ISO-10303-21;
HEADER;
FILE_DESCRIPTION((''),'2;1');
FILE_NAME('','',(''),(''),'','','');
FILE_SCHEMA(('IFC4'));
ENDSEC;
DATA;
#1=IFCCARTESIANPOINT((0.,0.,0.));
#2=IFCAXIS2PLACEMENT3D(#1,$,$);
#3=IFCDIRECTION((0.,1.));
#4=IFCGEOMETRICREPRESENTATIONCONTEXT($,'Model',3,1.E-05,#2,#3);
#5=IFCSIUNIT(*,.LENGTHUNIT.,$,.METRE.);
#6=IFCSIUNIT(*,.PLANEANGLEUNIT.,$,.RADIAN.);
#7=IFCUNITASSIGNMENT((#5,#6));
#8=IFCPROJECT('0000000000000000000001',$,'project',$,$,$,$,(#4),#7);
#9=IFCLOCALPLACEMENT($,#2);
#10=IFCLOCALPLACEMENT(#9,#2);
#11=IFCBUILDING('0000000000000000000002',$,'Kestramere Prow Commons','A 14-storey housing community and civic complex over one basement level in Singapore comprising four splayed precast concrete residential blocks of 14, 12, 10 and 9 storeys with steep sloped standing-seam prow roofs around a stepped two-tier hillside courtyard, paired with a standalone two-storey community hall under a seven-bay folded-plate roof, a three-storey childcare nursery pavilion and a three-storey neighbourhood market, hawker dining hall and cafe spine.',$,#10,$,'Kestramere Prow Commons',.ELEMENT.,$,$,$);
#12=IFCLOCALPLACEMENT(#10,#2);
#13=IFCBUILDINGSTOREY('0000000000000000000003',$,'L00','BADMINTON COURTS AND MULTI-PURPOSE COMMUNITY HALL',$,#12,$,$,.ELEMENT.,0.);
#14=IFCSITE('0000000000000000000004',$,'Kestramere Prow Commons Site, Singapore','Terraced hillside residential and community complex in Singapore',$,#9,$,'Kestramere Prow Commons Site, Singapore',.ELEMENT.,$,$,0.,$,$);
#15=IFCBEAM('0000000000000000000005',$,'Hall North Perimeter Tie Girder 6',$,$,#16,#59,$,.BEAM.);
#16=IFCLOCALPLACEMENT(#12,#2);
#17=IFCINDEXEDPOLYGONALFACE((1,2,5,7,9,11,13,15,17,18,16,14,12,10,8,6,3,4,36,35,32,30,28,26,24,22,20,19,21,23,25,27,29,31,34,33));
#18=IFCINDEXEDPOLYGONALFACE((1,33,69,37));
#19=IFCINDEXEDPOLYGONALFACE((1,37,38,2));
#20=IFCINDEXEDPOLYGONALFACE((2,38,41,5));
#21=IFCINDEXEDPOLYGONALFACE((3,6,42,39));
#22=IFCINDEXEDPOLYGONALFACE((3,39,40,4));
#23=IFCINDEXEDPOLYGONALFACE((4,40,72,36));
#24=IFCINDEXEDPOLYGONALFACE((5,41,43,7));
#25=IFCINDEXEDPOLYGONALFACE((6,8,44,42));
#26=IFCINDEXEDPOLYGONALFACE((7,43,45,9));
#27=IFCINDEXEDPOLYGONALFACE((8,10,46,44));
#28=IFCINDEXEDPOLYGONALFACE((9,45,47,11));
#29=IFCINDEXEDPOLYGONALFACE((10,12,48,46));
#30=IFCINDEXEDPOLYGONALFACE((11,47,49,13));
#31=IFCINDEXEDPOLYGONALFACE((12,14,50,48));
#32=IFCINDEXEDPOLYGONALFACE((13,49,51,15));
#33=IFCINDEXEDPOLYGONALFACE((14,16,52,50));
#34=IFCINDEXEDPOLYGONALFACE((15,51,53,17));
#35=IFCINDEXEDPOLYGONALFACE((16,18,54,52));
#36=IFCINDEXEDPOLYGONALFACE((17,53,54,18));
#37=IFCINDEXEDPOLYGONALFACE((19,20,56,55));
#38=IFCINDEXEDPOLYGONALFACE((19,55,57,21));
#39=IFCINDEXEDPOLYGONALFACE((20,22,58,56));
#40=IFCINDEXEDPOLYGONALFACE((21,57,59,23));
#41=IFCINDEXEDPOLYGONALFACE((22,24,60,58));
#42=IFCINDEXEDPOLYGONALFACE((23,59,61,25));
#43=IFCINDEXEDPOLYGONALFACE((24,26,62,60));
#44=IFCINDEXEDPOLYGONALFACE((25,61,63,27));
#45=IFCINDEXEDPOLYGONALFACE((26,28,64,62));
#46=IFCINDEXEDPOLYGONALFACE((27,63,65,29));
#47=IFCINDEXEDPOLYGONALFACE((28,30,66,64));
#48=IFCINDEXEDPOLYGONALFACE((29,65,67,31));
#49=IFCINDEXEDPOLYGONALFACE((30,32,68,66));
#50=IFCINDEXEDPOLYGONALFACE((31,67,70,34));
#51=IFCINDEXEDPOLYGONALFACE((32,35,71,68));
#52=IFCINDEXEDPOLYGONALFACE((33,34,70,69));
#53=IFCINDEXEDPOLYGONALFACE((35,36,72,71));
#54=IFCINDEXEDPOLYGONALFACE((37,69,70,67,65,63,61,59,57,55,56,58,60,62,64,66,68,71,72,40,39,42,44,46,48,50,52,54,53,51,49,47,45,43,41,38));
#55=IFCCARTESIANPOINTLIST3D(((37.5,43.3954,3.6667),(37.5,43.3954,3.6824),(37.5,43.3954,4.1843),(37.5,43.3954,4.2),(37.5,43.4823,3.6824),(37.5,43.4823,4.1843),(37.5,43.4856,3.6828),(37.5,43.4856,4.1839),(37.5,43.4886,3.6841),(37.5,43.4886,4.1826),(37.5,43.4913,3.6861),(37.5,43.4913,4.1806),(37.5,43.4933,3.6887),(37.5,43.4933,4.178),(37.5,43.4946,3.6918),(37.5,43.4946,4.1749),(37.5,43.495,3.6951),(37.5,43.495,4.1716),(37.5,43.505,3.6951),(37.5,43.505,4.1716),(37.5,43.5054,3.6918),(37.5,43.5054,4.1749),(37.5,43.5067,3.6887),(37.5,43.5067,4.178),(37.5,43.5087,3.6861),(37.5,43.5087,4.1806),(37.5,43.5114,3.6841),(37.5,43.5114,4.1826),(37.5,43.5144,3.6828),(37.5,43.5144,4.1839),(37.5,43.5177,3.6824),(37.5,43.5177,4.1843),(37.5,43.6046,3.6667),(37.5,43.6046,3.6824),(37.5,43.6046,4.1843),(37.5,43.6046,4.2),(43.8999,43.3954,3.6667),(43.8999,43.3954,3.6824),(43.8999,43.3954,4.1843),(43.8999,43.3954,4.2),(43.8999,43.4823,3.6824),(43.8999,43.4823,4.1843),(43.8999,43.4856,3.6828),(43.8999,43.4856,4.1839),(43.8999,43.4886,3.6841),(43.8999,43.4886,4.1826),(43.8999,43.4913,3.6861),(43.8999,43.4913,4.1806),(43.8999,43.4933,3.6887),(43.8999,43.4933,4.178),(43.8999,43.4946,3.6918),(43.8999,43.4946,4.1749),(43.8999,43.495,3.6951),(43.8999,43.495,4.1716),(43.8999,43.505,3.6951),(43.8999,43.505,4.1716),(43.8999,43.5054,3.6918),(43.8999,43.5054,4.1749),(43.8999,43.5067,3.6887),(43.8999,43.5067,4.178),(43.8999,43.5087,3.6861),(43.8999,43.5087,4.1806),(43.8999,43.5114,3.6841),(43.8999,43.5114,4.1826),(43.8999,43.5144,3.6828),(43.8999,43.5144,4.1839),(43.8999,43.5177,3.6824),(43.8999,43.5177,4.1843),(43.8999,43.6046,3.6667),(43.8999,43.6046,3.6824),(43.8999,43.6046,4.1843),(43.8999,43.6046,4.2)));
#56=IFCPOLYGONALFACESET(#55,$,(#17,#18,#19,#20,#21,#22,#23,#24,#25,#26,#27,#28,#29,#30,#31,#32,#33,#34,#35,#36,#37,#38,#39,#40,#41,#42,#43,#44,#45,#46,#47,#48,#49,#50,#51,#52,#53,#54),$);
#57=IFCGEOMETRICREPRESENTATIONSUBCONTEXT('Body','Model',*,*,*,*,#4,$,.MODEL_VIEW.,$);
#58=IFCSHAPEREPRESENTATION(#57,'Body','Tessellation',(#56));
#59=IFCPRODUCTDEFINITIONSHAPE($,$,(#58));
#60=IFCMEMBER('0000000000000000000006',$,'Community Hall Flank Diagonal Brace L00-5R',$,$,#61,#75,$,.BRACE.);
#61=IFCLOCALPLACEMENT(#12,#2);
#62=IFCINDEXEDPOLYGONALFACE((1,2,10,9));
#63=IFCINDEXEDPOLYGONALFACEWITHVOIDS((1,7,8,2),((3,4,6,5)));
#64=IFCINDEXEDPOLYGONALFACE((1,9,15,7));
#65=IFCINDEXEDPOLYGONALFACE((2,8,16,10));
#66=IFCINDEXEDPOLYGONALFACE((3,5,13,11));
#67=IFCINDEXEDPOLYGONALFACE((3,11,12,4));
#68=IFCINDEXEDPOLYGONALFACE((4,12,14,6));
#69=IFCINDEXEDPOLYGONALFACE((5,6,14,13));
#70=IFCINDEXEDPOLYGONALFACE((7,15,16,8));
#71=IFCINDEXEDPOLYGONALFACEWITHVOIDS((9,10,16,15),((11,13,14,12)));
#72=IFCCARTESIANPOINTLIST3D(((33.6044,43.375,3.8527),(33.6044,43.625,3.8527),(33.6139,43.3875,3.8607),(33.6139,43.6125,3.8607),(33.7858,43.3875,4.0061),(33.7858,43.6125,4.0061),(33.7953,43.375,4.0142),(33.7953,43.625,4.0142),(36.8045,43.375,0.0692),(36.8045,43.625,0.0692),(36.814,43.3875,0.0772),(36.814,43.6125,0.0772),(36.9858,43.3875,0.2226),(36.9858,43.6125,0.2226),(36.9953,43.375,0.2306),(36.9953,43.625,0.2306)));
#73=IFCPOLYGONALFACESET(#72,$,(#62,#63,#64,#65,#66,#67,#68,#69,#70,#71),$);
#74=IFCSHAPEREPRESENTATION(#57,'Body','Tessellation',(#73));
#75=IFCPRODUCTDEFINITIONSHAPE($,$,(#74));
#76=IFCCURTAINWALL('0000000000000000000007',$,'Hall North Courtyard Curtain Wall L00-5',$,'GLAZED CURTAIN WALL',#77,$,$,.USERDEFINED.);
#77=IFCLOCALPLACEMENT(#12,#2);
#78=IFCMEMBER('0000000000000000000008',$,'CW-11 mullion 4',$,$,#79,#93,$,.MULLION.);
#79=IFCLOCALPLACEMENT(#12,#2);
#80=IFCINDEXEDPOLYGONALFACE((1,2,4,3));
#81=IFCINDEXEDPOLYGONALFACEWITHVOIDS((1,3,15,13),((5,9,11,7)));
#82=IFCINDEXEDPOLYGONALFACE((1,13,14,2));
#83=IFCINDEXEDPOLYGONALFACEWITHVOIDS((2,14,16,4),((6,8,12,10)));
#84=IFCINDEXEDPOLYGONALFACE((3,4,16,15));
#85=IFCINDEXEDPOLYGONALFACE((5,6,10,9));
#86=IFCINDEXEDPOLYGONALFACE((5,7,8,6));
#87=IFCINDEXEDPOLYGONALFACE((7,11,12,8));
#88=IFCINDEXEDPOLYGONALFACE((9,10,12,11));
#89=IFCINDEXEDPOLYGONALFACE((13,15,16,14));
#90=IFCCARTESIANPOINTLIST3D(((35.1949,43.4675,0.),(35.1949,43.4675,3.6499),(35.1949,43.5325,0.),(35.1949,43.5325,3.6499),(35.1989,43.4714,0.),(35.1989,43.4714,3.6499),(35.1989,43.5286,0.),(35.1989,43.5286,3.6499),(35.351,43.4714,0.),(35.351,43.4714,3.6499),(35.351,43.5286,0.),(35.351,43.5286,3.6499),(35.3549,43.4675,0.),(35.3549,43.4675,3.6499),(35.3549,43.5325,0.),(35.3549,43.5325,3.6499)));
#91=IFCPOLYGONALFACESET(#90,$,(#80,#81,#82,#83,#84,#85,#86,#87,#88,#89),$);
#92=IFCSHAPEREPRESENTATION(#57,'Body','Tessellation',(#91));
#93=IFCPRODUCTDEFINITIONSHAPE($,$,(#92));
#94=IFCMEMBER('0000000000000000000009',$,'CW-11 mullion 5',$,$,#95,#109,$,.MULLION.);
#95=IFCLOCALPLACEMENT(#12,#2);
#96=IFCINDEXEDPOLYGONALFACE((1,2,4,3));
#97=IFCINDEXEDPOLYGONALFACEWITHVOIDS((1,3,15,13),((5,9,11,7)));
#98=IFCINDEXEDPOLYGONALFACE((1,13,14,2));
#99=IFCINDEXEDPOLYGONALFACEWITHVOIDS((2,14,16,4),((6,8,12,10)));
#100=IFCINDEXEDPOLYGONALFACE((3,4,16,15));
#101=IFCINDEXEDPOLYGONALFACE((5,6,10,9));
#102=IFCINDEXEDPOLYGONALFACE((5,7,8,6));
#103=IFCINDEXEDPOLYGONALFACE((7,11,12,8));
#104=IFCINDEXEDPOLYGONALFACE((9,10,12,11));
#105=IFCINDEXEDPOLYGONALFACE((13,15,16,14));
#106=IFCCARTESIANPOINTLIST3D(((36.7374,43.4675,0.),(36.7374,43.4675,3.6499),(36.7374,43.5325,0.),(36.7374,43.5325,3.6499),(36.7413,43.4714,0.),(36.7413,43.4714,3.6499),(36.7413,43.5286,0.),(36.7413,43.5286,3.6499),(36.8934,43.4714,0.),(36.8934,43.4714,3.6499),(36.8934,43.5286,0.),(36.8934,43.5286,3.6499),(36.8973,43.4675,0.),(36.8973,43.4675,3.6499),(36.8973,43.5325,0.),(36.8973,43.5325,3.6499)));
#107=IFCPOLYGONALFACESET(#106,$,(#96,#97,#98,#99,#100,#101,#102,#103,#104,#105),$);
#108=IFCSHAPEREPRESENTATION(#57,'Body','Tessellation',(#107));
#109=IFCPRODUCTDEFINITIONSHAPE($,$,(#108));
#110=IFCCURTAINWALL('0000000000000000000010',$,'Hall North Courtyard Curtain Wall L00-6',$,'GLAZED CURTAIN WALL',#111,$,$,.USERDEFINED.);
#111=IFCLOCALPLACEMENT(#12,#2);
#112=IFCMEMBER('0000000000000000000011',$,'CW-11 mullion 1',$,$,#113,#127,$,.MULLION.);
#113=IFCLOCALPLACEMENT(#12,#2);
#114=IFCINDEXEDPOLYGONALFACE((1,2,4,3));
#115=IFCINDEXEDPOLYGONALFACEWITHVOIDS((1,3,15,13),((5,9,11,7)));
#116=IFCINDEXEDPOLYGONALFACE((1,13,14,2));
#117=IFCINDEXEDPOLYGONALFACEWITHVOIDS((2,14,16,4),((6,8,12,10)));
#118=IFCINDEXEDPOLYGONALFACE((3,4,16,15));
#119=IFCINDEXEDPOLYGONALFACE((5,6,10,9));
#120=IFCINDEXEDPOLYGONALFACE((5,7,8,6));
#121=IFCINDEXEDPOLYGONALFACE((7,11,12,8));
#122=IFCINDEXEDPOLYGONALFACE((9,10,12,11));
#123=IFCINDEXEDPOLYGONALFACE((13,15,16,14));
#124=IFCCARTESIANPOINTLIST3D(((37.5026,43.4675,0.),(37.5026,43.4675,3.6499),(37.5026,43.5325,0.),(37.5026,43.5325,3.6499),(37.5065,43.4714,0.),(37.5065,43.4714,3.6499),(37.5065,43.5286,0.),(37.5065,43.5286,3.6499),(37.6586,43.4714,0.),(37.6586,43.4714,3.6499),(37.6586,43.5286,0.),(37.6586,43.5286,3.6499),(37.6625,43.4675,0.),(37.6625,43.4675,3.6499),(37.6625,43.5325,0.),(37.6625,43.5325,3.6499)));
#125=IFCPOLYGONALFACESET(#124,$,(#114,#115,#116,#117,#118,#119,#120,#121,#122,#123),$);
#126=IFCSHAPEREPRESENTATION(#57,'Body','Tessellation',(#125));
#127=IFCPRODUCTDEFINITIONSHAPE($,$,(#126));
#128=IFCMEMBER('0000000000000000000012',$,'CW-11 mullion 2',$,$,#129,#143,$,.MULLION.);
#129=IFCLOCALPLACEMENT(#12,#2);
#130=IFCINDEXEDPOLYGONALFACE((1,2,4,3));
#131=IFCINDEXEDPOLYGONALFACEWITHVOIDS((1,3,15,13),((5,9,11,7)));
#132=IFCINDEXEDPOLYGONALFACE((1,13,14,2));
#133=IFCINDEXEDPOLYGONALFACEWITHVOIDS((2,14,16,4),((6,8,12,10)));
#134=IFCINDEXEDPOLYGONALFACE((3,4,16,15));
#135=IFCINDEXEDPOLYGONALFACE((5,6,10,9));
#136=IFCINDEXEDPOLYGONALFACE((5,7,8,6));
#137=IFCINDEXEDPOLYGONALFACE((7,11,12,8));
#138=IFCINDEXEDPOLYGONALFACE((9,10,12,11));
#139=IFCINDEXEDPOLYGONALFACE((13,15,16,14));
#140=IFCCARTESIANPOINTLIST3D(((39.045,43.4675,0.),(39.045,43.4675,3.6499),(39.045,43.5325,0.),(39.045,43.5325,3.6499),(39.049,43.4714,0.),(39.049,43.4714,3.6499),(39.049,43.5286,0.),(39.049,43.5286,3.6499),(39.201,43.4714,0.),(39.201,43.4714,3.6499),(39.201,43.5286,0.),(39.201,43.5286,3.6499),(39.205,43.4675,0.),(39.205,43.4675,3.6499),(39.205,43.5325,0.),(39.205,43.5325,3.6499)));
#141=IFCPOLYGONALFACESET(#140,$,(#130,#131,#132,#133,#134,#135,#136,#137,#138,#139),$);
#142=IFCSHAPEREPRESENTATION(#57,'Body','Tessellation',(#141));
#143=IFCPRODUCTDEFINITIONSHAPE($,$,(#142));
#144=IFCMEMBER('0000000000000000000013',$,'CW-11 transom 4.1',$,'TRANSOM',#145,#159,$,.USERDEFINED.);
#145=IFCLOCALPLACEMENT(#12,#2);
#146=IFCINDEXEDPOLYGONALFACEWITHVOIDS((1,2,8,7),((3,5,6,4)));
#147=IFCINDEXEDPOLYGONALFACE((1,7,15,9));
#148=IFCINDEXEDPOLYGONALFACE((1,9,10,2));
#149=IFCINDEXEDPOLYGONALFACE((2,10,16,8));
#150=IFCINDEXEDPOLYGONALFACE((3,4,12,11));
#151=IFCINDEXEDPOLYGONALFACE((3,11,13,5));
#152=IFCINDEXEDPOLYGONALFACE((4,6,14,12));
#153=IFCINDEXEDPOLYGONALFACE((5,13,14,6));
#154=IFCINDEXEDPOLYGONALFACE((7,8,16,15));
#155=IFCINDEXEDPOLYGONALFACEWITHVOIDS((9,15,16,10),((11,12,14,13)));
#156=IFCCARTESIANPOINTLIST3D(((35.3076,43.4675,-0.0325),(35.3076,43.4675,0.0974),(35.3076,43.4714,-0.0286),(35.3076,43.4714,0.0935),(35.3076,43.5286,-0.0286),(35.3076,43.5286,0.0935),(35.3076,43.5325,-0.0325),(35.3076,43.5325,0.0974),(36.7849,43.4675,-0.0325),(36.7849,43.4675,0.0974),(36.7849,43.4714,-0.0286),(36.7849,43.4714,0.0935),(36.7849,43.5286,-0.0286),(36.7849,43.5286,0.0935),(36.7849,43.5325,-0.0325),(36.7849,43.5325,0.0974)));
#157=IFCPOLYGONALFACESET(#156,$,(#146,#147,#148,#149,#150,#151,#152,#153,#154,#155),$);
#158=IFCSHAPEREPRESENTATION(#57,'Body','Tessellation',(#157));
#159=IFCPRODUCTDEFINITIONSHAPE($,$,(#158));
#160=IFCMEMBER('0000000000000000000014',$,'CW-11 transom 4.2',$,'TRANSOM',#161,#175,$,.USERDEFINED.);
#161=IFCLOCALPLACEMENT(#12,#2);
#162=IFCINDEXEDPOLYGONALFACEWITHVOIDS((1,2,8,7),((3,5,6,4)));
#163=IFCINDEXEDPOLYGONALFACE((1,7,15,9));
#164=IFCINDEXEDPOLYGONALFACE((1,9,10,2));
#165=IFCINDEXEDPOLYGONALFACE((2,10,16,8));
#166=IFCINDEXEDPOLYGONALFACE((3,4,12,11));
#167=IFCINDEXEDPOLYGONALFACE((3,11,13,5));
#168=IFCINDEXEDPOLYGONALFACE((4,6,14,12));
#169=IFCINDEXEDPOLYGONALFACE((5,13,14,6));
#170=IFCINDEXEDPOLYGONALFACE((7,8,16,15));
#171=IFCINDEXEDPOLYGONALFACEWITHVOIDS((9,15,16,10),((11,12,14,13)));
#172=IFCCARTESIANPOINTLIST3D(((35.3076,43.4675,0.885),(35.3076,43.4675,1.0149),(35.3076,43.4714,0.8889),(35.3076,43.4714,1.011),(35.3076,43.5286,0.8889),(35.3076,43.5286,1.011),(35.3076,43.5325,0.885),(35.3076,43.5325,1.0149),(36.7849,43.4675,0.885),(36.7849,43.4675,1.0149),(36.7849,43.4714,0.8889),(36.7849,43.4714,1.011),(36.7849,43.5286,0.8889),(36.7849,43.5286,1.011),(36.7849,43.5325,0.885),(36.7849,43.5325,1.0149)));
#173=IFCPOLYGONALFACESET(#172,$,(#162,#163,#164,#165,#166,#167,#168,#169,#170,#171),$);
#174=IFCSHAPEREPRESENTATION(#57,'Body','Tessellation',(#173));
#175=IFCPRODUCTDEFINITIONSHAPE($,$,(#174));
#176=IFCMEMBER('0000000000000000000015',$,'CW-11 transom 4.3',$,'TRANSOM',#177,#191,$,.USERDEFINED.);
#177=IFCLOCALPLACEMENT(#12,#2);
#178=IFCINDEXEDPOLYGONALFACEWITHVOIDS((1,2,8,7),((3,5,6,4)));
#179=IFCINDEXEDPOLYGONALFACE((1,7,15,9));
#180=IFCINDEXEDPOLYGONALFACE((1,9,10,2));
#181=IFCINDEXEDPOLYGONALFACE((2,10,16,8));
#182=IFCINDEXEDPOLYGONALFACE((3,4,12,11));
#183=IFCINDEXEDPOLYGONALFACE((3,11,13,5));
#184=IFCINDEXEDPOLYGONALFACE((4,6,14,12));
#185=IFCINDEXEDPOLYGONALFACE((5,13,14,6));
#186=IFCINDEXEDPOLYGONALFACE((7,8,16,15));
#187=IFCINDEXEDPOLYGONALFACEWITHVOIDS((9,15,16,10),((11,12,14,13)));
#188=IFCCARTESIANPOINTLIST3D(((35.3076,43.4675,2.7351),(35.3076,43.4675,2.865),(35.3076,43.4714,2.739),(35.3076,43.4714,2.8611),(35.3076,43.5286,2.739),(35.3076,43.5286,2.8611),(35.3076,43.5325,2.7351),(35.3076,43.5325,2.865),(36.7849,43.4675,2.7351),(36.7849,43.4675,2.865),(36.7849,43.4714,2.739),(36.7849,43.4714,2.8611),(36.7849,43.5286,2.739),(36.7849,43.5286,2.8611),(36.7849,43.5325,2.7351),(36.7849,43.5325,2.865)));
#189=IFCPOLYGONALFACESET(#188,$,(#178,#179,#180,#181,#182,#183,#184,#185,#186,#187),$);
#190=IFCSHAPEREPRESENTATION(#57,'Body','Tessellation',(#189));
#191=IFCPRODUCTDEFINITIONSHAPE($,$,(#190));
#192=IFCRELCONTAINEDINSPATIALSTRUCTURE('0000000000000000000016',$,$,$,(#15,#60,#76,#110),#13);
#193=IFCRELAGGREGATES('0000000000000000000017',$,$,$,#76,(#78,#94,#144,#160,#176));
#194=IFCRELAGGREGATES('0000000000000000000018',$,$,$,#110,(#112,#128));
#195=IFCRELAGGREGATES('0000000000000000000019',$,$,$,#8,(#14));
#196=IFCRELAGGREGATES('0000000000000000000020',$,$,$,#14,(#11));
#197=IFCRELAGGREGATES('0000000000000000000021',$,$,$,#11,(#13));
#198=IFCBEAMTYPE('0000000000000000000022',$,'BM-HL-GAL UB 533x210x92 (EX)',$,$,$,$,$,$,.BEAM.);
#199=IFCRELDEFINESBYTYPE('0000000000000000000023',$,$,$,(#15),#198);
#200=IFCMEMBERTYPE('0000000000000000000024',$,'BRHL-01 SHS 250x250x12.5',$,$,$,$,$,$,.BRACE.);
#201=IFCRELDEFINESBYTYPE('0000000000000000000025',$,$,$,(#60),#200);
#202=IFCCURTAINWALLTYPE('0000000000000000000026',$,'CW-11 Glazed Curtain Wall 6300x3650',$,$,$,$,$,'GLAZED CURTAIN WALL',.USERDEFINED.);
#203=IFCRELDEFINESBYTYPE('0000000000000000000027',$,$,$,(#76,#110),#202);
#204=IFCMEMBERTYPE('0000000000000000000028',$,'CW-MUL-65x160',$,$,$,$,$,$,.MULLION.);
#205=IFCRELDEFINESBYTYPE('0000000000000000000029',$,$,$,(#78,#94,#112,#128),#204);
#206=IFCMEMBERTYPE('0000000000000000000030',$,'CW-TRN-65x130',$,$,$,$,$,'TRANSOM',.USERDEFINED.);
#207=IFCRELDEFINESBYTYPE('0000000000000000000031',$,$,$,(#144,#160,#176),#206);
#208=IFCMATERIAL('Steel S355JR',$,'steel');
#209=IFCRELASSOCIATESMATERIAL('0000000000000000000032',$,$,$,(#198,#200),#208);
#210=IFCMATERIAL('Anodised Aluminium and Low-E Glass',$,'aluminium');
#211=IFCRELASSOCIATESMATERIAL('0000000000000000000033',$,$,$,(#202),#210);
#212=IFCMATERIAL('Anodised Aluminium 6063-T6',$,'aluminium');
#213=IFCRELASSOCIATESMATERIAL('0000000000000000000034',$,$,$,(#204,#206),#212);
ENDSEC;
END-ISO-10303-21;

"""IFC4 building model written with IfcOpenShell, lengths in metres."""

from ifc_helpers import new_model, si_unit, direction, frame, origin, origin_2d, place, context, subcontext, project, spatial, hollow_rectangle, i_section, extrude, material, material_profile, profile_set, type_object, element, aggregate, save


model = new_model("IFC4")

# Units and contexts
model_context = context("Model", 3, precision=1e-05, world=origin(), true_north=direction((0.0, 1.0)))
body_context = subcontext(model_context, "Body", "Model", "MODEL_VIEW")
ifc_project = project(units=[si_unit("LENGTHUNIT", "METRE"), si_unit("PLANEANGLEUNIT", "RADIAN")], contexts=[model_context])

# Site, building, storey
site_placement = place(None, origin())
site = spatial("IfcSite", under=ifc_project, at=site_placement, Name="Kestramere Prow Commons Site, Singapore", Description="Terraced hillside residential and community complex in Singapore", LongName="Kestramere Prow Commons Site, Singapore", CompositionType="ELEMENT", RefElevation=0.0)
building_placement = place(site_placement, origin())
building = spatial("IfcBuilding", under=site, at=building_placement, Name="Kestramere Prow Commons", Description="A 14-storey housing community and civic complex over one basement level in Singapore comprising four splayed precast concrete residential blocks of 14, 12, 10 and 9 storeys with steep sloped standing-seam prow roofs around a stepped two-tier hillside courtyard, paired with a standalone two-storey community hall under a seven-bay folded-plate roof, a three-storey childcare nursery pavilion and a three-storey neighbourhood market, hawker dining hall and cafe spine.", LongName="Kestramere Prow Commons", CompositionType="ELEMENT")
storey_placement = place(building_placement, origin())
storey = spatial("IfcBuildingStorey", under=building, at=storey_placement, Name="L00", Description="BADMINTON COURTS AND MULTI-PURPOSE COMMUNITY HALL", CompositionType="ELEMENT", Elevation=0.0)

# Beam
ifc_material_1 = material(Name="Steel S355JR", Category="steel")
ifc_material_profile_1 = material_profile(ifc_material_1, i_section(OverallWidth=0.2092, OverallDepth=0.5332, WebThickness=0.01, FlangeThickness=0.0156, FilletRadius=0.0127, at=origin_2d()), Name="UB 533x210x92")
ifc_profile_set_1 = profile_set([ifc_material_profile_1], Name="Steel S355JR")
beam_type = type_object("IfcBeamType", Name="BM-HL-GAL UB 533x210x92 (EX)", PredefinedType="BEAM", material=ifc_profile_set_1)
beam_placement = place(storey_placement, frame((37.5, 43.5, 3.9333), z_axis=(1.0, 0.0, 0.0), x_axis=(0.0, 1.0, 0.0)))
element("IfcBeam", 1, at=beam_placement, inside=storey, type_object=beam_type, Name="Hall North Perimeter Tie Girder 6", PredefinedType="BEAM", context=body_context, shape_type="SweptSolid", body=[
    extrude(i_section(OverallWidth=0.2092, OverallDepth=0.5332, WebThickness=0.01, FlangeThickness=0.0156, FilletRadius=0.0127, at=origin_2d()), origin(), (0.0, 0.0, 1.0), 6.3999),
])

# Member
ifc_material_profile_2 = material_profile(ifc_material_1, hollow_rectangle(XDim=0.25, YDim=0.25, WallThickness=0.0125, at=origin_2d()), Name="SHS 250x250x12.5")
ifc_profile_set_2 = profile_set([ifc_material_profile_2], Name="Steel S355JR")
member_type_1 = type_object("IfcMemberType", Name="BRHL-01 SHS 250x250x12.5", PredefinedType="BRACE", material=ifc_profile_set_2)
member_1_placement = place(storey_placement, frame((36.8999, 43.5, 0.1499), z_axis=(-0.645774, 0.0, 0.763528), x_axis=(0.0, -1.0, 0.0)))
element("IfcMember", 2, at=member_1_placement, inside=storey, type_object=member_type_1, Name="Community Hall Flank Diagonal Brace L00-5R", PredefinedType="BRACE", context=body_context, shape_type="SweptSolid", body=[
    extrude(hollow_rectangle(XDim=0.25, YDim=0.25, WallThickness=0.0125, at=origin_2d()), origin(), (0.0, 0.0, 1.0), 4.9553),
])

# Curtain walls, members
ifc_material_2 = material(Name="Anodised Aluminium and Low-E Glass", Category="aluminium")
curtain_wall_type = type_object("IfcCurtainWallType", Name="CW-11 Glazed Curtain Wall 6300x3650", ElementType="GLAZED CURTAIN WALL", PredefinedType="USERDEFINED", material=ifc_material_2)
curtain_wall_1_placement = place(storey_placement, origin())
curtain_wall_1 = element("IfcCurtainWall", 3, at=curtain_wall_1_placement, inside=storey, type_object=curtain_wall_type, Name="Hall North Courtyard Curtain Wall L00-5", ObjectType="GLAZED CURTAIN WALL", PredefinedType="USERDEFINED")
ifc_material_3 = material(Name="Anodised Aluminium 6063-T6", Category="aluminium")
ifc_material_profile_3 = material_profile(ifc_material_3, hollow_rectangle(XDim=0.0649, YDim=0.1599, WallThickness=0.0039, at=origin_2d()), Name="ALU-MUL 65x160")
ifc_profile_set_3 = profile_set([ifc_material_profile_3], Name="Anodised Aluminium 6063-T6")
member_type_2 = type_object("IfcMemberType", Name="CW-MUL-65x160", PredefinedType="MULLION", material=ifc_profile_set_3)
member_2_placement = place(storey_placement, frame((35.2749, 43.5, 0.0), z_axis=(0.0, 0.0, 1.0), x_axis=(0.0, 1.0, 0.0)))
member_2 = element("IfcMember", 4, at=member_2_placement, type_object=member_type_2, Name="CW-11 mullion 4", PredefinedType="MULLION", context=body_context, shape_type="SweptSolid", body=[
    extrude(hollow_rectangle(XDim=0.0649, YDim=0.1599, WallThickness=0.0039, at=origin_2d()), origin(), (0.0, 0.0, 1.0), 3.6499),
])
member_3_placement = place(storey_placement, frame((36.8174, 43.5, 0.0), z_axis=(0.0, 0.0, 1.0), x_axis=(0.0, 1.0, 0.0)))
member_3 = element("IfcMember", 5, at=member_3_placement, type_object=member_type_2, Name="CW-11 mullion 5", PredefinedType="MULLION", context=body_context, shape_type="SweptSolid", body=[
    extrude(hollow_rectangle(XDim=0.0649, YDim=0.1599, WallThickness=0.0039, at=origin_2d()), origin(), (0.0, 0.0, 1.0), 3.6499),
])
curtain_wall_2_placement = place(storey_placement, origin())
curtain_wall_2 = element("IfcCurtainWall", 6, at=curtain_wall_2_placement, inside=storey, type_object=curtain_wall_type, Name="Hall North Courtyard Curtain Wall L00-6", ObjectType="GLAZED CURTAIN WALL", PredefinedType="USERDEFINED")
member_4_placement = place(storey_placement, frame((37.5825, 43.5, 0.0), z_axis=(0.0, 0.0, 1.0), x_axis=(0.0, 1.0, 0.0)))
member_4 = element("IfcMember", 7, at=member_4_placement, type_object=member_type_2, Name="CW-11 mullion 1", PredefinedType="MULLION", context=body_context, shape_type="SweptSolid", body=[
    extrude(hollow_rectangle(XDim=0.0649, YDim=0.1599, WallThickness=0.0039, at=origin_2d()), origin(), (0.0, 0.0, 1.0), 3.6499),
])
member_5_placement = place(storey_placement, frame((39.125, 43.5, 0.0), z_axis=(0.0, 0.0, 1.0), x_axis=(0.0, 1.0, 0.0)))
member_5 = element("IfcMember", 8, at=member_5_placement, type_object=member_type_2, Name="CW-11 mullion 2", PredefinedType="MULLION", context=body_context, shape_type="SweptSolid", body=[
    extrude(hollow_rectangle(XDim=0.0649, YDim=0.1599, WallThickness=0.0039, at=origin_2d()), origin(), (0.0, 0.0, 1.0), 3.6499),
])

# Members
ifc_material_profile_4 = material_profile(ifc_material_3, hollow_rectangle(XDim=0.0649, YDim=0.1299, WallThickness=0.0039, at=origin_2d()), Name="ALU-TRN 65x130")
ifc_profile_set_4 = profile_set([ifc_material_profile_4], Name="Anodised Aluminium 6063-T6")
member_type_3 = type_object("IfcMemberType", Name="CW-TRN-65x130", ElementType="TRANSOM", PredefinedType="USERDEFINED", material=ifc_profile_set_4)
member_6_placement = place(storey_placement, frame((35.3076, 43.5, 0.0325), z_axis=(1.0, 0.0, 0.0), x_axis=(0.0, 1.0, 0.0)))
member_6 = element("IfcMember", 9, at=member_6_placement, type_object=member_type_3, Name="CW-11 transom 4.1", ObjectType="TRANSOM", PredefinedType="USERDEFINED", context=body_context, shape_type="SweptSolid", body=[
    extrude(hollow_rectangle(XDim=0.0649, YDim=0.1299, WallThickness=0.0039, at=origin_2d()), origin(), (0.0, 0.0, 1.0), 1.4773),
])
member_7_placement = place(storey_placement, frame((35.3076, 43.5, 0.95), z_axis=(1.0, 0.0, 0.0), x_axis=(0.0, 1.0, 0.0)))
member_7 = element("IfcMember", 10, at=member_7_placement, type_object=member_type_3, Name="CW-11 transom 4.2", ObjectType="TRANSOM", PredefinedType="USERDEFINED", context=body_context, shape_type="SweptSolid", body=[
    extrude(hollow_rectangle(XDim=0.0649, YDim=0.1299, WallThickness=0.0039, at=origin_2d()), origin(), (0.0, 0.0, 1.0), 1.4773),
])
member_8_placement = place(storey_placement, frame((35.3076, 43.5, 2.8), z_axis=(1.0, 0.0, 0.0), x_axis=(0.0, 1.0, 0.0)))
member_8 = element("IfcMember", 11, at=member_8_placement, type_object=member_type_3, Name="CW-11 transom 4.3", ObjectType="TRANSOM", PredefinedType="USERDEFINED", context=body_context, shape_type="SweptSolid", body=[
    extrude(hollow_rectangle(XDim=0.0649, YDim=0.1299, WallThickness=0.0039, at=origin_2d()), origin(), (0.0, 0.0, 1.0), 1.4773),
])

aggregate(curtain_wall_1, [member_2, member_3, member_6, member_7, member_8])
aggregate(curtain_wall_2, [member_4, member_5])

save(model, "model.ifc")
